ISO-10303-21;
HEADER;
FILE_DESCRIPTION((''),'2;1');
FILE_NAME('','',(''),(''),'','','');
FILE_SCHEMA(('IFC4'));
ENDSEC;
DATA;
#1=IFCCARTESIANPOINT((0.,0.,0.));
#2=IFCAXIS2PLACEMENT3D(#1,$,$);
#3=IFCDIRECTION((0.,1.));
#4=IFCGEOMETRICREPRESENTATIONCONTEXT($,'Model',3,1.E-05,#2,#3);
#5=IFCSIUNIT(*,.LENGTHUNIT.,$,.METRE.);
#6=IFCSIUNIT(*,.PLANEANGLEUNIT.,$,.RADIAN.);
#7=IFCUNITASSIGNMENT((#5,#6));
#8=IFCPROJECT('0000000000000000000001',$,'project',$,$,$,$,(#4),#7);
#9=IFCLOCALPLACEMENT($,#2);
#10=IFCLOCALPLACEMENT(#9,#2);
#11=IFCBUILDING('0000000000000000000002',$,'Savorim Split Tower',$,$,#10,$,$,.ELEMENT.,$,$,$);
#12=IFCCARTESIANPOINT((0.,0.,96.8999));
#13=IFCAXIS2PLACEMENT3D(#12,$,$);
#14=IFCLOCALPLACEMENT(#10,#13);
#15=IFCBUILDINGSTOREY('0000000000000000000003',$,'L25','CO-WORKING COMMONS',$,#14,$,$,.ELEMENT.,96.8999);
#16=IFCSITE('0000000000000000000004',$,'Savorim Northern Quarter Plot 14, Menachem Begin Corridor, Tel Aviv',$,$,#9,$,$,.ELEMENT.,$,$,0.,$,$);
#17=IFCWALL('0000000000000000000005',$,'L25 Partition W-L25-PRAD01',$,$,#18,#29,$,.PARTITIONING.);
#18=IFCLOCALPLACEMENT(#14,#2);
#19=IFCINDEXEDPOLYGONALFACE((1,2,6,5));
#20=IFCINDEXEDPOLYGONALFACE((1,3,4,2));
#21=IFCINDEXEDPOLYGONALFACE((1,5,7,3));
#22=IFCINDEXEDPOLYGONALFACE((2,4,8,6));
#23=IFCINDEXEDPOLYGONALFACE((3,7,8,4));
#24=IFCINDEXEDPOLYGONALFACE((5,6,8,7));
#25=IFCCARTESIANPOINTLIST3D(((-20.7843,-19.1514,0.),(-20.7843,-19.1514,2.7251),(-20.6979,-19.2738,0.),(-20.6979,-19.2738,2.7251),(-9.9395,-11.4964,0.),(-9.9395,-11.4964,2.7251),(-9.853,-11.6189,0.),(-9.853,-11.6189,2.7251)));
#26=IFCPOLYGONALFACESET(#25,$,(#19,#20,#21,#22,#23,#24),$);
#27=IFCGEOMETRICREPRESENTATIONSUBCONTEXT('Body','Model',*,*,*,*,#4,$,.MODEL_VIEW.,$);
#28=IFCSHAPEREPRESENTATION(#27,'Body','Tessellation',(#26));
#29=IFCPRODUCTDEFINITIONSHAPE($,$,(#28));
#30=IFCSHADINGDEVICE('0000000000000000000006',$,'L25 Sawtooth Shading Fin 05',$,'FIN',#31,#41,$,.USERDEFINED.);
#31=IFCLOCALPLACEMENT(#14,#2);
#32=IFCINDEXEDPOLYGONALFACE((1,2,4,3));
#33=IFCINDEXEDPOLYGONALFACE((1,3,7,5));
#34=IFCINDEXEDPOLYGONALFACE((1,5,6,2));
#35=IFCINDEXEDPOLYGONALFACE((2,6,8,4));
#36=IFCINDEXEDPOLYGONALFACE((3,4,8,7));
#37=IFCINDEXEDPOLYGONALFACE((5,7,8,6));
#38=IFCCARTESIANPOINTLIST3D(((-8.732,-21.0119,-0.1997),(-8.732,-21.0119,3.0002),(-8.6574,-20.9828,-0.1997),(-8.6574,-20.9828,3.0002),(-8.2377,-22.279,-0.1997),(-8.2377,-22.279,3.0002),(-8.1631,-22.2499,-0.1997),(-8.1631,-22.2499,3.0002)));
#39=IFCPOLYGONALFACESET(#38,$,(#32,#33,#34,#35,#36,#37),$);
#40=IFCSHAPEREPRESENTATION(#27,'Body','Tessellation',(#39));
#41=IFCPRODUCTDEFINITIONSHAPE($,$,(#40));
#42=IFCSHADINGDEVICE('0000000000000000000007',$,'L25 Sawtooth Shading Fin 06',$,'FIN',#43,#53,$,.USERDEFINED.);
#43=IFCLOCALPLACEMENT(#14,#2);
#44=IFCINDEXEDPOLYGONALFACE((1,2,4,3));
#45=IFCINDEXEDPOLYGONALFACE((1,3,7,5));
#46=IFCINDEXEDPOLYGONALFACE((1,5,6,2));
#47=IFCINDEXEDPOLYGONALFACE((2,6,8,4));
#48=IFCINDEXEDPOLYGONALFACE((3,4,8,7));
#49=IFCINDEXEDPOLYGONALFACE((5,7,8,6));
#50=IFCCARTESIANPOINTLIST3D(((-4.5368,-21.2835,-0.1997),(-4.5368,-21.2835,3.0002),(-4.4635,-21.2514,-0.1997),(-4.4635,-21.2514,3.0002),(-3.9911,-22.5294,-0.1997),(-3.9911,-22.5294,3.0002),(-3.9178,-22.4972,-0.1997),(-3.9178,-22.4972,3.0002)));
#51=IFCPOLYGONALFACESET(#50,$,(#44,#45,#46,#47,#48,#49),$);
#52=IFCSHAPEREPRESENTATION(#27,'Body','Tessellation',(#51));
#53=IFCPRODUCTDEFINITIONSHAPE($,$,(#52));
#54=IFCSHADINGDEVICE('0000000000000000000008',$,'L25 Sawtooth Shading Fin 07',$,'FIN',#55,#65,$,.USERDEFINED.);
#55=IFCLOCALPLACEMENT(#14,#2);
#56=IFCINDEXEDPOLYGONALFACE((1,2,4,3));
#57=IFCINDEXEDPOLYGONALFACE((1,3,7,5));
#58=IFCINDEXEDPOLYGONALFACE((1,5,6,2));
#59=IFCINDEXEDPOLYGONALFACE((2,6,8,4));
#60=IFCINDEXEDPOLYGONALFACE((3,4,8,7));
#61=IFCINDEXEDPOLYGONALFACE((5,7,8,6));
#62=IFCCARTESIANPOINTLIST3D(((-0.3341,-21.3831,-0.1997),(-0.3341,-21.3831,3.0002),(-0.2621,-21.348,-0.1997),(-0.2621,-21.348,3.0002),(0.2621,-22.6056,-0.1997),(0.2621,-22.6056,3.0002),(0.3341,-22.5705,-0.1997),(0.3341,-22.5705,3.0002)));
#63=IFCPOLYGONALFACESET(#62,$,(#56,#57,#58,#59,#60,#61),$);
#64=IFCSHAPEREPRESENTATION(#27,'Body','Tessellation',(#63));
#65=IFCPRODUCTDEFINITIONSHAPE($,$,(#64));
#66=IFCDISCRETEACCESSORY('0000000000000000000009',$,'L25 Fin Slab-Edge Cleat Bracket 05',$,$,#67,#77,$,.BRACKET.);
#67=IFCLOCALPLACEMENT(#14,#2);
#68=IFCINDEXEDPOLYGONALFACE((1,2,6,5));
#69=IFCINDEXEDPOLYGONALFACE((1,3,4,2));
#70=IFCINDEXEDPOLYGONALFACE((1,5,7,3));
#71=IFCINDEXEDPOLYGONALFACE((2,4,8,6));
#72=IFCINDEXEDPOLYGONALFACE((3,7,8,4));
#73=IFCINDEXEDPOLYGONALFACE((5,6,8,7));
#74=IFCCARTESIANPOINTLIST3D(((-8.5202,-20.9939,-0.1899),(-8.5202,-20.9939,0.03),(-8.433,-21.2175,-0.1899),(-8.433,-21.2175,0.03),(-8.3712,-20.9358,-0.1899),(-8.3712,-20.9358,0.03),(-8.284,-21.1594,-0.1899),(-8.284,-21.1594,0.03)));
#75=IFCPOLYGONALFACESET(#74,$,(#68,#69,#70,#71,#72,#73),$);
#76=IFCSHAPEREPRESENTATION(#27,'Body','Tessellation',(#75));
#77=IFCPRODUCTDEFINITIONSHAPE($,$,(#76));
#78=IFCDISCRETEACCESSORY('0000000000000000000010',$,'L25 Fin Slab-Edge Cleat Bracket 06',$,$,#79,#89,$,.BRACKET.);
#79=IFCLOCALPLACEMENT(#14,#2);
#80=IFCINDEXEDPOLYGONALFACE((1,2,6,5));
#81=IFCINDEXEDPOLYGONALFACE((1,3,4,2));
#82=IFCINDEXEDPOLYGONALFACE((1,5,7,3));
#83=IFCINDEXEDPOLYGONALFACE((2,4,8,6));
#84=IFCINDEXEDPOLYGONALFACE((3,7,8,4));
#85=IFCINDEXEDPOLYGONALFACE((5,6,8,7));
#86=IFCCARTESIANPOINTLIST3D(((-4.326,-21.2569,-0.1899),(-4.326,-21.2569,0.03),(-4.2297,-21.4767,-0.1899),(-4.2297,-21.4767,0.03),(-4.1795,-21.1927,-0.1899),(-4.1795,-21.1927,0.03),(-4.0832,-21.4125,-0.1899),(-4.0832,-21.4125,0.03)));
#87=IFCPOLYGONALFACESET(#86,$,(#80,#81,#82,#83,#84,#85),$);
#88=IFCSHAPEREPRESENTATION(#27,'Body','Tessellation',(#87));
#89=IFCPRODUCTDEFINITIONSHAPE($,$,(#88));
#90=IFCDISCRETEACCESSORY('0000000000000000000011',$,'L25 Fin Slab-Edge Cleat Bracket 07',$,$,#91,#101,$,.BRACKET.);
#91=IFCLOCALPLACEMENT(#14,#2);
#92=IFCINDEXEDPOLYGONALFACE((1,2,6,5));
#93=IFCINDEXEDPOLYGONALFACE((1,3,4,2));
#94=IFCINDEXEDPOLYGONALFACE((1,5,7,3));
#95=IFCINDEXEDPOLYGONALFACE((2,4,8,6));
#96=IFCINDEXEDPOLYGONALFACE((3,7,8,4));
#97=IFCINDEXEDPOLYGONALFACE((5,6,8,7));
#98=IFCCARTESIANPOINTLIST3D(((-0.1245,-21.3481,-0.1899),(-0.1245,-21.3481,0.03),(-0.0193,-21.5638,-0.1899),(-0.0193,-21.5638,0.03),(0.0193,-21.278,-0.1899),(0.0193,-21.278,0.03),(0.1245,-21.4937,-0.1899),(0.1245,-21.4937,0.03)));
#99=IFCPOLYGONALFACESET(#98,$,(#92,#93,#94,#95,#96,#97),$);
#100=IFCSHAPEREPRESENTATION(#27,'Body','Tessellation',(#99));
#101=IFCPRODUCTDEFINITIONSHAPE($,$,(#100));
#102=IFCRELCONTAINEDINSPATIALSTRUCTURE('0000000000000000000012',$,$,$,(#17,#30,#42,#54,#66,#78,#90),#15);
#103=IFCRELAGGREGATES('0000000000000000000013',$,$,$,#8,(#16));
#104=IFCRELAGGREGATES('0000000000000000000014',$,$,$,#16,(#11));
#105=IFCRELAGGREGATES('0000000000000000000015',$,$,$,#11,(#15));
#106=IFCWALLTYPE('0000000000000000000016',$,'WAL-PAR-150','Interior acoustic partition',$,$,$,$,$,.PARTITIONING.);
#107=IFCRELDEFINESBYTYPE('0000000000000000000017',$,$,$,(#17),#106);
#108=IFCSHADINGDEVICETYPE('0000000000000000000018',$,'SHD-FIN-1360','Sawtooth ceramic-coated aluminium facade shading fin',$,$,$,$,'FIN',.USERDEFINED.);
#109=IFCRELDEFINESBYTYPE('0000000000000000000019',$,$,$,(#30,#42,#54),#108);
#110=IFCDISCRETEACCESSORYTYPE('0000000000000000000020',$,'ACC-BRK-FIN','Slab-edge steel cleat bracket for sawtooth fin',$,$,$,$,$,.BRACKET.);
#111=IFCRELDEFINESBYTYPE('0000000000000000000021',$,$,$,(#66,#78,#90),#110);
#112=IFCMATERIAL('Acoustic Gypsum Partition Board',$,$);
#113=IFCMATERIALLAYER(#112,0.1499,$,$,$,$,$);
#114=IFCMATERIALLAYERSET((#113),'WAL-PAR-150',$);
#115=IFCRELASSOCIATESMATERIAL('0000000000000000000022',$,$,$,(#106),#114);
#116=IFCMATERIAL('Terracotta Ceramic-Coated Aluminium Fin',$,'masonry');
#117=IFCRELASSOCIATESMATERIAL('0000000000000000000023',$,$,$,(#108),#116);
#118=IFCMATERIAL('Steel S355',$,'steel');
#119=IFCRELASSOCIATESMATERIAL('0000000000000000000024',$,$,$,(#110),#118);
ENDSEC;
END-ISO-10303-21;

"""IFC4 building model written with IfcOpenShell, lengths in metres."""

from ifc_helpers import new_model, si_unit, direction, frame, frame_2d, origin, origin_2d, place, context, subcontext, project, spatial, rectangle, extrude, material, layer, layer_set, type_object, element, save


model = new_model("IFC4")

# Units and contexts
model_context = context("Model", 3, precision=1e-05, world=origin(), true_north=direction((0.0, 1.0)))
body_context = subcontext(model_context, "Body", "Model", "MODEL_VIEW")
ifc_project = project(units=[si_unit("LENGTHUNIT", "METRE"), si_unit("PLANEANGLEUNIT", "RADIAN")], contexts=[model_context])

# Site, building, storey
site_placement = place(None, origin())
site = spatial("IfcSite", under=ifc_project, at=site_placement, Name="Savorim Northern Quarter Plot 14, Menachem Begin Corridor, Tel Aviv", CompositionType="ELEMENT", RefElevation=0.0)
building_placement = place(site_placement, origin())
building = spatial("IfcBuilding", under=site, at=building_placement, Name="Savorim Split Tower", CompositionType="ELEMENT")
storey_placement = place(building_placement, frame((0.0, 0.0, 96.8999)))
storey = spatial("IfcBuildingStorey", under=building, at=storey_placement, Name="L25", Description="CO-WORKING COMMONS", CompositionType="ELEMENT", Elevation=96.8999)

# Shared definitions
ifc_material_1 = material(Name="Steel S355", Category="steel")

# Shared definitions
ifc_material_2 = material(Name="Acoustic Gypsum Partition Board")
ifc_layer_1 = layer(ifc_material_2, 0.1499)
ifc_layer_set_1 = layer_set([ifc_layer_1], Name="WAL-PAR-150")
wall_type = type_object("IfcWallType", Name="WAL-PAR-150", Description="Interior acoustic partition", PredefinedType="PARTITIONING", material=ifc_layer_set_1)

# Wall
wall_1_placement = place(storey_placement, frame((-9.8962, -11.5576, 0.0), z_axis=(0.0, 0.0, 1.0), x_axis=(-0.816977, -0.576671, 0.0)))
element("IfcWall", 1, at=wall_1_placement, inside=storey, type_object=wall_type, Name="L25 Partition W-L25-PRAD01", PredefinedType="PARTITIONING", context=body_context, shape_type="SweptSolid", body=[
    extrude(rectangle(XDim=13.2744, YDim=0.1499, at=frame_2d((6.6372, 0.0))), origin(), (0.0, 0.0, 1.0), 2.7251),
])

# Shading devices
ifc_material_3 = material(Name="Terracotta Ceramic-Coated Aluminium Fin", Category="masonry")
shading_device_type = type_object("IfcShadingDeviceType", Name="SHD-FIN-1360", Description="Sawtooth ceramic-coated aluminium facade shading fin", ElementType="FIN", PredefinedType="USERDEFINED", material=ifc_material_3)
for number, where, z_axis, x_axis, name in (
    (2, (-8.4475, -21.6309, -0.1997), (0.0, 0.0, 1.0), (0.363415, -0.931627, 0.0), "L25 Sawtooth Shading Fin 05"),
    (3, (-4.2273, -21.8904, -0.1997), (0.0, 0.0, 1.0), (0.40123, -0.915977, 0.0), "L25 Sawtooth Shading Fin 06"),
    (4, (0.0, -21.9768, -0.1997), (0.0, 0.0, 1.0), (0.438371, -0.898794, 0.0), "L25 Sawtooth Shading Fin 07"),
):
    element("IfcShadingDevice", number, at=place(storey_placement, frame(where, z_axis=z_axis, x_axis=x_axis)), inside=storey, type_object=shading_device_type, Name=name, ObjectType="FIN", PredefinedType="USERDEFINED", context=body_context, shape_type="SweptSolid", body=[
        extrude(rectangle(XDim=1.3601, YDim=0.0801, at=origin_2d()), origin(), (0.0, 0.0, 1.0), 3.2),
    ])

# Discrete accessories
discrete_accessory_type = type_object("IfcDiscreteAccessoryType", Name="ACC-BRK-FIN", Description="Slab-edge steel cleat bracket for sawtooth fin", PredefinedType="BRACKET", material=ifc_material_1)
for number, where, z_axis, x_axis, name in (
    (5, (-8.4021, -21.0767, -0.1899), (0.0, 0.0, 1.0), (0.363415, -0.931627, 0.0), "L25 Fin Slab-Edge Cleat Bracket 05"),
    (6, (-4.2046, -21.3347, -0.1899), (0.0, 0.0, 1.0), (0.40123, -0.915977, 0.0), "L25 Fin Slab-Edge Cleat Bracket 06"),
    (7, (0.0, -21.4209, -0.1899), (0.0, 0.0, 1.0), (0.438371, -0.898794, 0.0), "L25 Fin Slab-Edge Cleat Bracket 07"),
):
    element("IfcDiscreteAccessory", number, at=place(storey_placement, frame(where, z_axis=z_axis, x_axis=x_axis)), inside=storey, type_object=discrete_accessory_type, Name=name, PredefinedType="BRACKET", context=body_context, shape_type="SweptSolid", body=[
        extrude(rectangle(XDim=0.24, YDim=0.1599, at=origin_2d()), origin(), (0.0, 0.0, 1.0), 0.22),
    ])

save(model, "model.ifc")
